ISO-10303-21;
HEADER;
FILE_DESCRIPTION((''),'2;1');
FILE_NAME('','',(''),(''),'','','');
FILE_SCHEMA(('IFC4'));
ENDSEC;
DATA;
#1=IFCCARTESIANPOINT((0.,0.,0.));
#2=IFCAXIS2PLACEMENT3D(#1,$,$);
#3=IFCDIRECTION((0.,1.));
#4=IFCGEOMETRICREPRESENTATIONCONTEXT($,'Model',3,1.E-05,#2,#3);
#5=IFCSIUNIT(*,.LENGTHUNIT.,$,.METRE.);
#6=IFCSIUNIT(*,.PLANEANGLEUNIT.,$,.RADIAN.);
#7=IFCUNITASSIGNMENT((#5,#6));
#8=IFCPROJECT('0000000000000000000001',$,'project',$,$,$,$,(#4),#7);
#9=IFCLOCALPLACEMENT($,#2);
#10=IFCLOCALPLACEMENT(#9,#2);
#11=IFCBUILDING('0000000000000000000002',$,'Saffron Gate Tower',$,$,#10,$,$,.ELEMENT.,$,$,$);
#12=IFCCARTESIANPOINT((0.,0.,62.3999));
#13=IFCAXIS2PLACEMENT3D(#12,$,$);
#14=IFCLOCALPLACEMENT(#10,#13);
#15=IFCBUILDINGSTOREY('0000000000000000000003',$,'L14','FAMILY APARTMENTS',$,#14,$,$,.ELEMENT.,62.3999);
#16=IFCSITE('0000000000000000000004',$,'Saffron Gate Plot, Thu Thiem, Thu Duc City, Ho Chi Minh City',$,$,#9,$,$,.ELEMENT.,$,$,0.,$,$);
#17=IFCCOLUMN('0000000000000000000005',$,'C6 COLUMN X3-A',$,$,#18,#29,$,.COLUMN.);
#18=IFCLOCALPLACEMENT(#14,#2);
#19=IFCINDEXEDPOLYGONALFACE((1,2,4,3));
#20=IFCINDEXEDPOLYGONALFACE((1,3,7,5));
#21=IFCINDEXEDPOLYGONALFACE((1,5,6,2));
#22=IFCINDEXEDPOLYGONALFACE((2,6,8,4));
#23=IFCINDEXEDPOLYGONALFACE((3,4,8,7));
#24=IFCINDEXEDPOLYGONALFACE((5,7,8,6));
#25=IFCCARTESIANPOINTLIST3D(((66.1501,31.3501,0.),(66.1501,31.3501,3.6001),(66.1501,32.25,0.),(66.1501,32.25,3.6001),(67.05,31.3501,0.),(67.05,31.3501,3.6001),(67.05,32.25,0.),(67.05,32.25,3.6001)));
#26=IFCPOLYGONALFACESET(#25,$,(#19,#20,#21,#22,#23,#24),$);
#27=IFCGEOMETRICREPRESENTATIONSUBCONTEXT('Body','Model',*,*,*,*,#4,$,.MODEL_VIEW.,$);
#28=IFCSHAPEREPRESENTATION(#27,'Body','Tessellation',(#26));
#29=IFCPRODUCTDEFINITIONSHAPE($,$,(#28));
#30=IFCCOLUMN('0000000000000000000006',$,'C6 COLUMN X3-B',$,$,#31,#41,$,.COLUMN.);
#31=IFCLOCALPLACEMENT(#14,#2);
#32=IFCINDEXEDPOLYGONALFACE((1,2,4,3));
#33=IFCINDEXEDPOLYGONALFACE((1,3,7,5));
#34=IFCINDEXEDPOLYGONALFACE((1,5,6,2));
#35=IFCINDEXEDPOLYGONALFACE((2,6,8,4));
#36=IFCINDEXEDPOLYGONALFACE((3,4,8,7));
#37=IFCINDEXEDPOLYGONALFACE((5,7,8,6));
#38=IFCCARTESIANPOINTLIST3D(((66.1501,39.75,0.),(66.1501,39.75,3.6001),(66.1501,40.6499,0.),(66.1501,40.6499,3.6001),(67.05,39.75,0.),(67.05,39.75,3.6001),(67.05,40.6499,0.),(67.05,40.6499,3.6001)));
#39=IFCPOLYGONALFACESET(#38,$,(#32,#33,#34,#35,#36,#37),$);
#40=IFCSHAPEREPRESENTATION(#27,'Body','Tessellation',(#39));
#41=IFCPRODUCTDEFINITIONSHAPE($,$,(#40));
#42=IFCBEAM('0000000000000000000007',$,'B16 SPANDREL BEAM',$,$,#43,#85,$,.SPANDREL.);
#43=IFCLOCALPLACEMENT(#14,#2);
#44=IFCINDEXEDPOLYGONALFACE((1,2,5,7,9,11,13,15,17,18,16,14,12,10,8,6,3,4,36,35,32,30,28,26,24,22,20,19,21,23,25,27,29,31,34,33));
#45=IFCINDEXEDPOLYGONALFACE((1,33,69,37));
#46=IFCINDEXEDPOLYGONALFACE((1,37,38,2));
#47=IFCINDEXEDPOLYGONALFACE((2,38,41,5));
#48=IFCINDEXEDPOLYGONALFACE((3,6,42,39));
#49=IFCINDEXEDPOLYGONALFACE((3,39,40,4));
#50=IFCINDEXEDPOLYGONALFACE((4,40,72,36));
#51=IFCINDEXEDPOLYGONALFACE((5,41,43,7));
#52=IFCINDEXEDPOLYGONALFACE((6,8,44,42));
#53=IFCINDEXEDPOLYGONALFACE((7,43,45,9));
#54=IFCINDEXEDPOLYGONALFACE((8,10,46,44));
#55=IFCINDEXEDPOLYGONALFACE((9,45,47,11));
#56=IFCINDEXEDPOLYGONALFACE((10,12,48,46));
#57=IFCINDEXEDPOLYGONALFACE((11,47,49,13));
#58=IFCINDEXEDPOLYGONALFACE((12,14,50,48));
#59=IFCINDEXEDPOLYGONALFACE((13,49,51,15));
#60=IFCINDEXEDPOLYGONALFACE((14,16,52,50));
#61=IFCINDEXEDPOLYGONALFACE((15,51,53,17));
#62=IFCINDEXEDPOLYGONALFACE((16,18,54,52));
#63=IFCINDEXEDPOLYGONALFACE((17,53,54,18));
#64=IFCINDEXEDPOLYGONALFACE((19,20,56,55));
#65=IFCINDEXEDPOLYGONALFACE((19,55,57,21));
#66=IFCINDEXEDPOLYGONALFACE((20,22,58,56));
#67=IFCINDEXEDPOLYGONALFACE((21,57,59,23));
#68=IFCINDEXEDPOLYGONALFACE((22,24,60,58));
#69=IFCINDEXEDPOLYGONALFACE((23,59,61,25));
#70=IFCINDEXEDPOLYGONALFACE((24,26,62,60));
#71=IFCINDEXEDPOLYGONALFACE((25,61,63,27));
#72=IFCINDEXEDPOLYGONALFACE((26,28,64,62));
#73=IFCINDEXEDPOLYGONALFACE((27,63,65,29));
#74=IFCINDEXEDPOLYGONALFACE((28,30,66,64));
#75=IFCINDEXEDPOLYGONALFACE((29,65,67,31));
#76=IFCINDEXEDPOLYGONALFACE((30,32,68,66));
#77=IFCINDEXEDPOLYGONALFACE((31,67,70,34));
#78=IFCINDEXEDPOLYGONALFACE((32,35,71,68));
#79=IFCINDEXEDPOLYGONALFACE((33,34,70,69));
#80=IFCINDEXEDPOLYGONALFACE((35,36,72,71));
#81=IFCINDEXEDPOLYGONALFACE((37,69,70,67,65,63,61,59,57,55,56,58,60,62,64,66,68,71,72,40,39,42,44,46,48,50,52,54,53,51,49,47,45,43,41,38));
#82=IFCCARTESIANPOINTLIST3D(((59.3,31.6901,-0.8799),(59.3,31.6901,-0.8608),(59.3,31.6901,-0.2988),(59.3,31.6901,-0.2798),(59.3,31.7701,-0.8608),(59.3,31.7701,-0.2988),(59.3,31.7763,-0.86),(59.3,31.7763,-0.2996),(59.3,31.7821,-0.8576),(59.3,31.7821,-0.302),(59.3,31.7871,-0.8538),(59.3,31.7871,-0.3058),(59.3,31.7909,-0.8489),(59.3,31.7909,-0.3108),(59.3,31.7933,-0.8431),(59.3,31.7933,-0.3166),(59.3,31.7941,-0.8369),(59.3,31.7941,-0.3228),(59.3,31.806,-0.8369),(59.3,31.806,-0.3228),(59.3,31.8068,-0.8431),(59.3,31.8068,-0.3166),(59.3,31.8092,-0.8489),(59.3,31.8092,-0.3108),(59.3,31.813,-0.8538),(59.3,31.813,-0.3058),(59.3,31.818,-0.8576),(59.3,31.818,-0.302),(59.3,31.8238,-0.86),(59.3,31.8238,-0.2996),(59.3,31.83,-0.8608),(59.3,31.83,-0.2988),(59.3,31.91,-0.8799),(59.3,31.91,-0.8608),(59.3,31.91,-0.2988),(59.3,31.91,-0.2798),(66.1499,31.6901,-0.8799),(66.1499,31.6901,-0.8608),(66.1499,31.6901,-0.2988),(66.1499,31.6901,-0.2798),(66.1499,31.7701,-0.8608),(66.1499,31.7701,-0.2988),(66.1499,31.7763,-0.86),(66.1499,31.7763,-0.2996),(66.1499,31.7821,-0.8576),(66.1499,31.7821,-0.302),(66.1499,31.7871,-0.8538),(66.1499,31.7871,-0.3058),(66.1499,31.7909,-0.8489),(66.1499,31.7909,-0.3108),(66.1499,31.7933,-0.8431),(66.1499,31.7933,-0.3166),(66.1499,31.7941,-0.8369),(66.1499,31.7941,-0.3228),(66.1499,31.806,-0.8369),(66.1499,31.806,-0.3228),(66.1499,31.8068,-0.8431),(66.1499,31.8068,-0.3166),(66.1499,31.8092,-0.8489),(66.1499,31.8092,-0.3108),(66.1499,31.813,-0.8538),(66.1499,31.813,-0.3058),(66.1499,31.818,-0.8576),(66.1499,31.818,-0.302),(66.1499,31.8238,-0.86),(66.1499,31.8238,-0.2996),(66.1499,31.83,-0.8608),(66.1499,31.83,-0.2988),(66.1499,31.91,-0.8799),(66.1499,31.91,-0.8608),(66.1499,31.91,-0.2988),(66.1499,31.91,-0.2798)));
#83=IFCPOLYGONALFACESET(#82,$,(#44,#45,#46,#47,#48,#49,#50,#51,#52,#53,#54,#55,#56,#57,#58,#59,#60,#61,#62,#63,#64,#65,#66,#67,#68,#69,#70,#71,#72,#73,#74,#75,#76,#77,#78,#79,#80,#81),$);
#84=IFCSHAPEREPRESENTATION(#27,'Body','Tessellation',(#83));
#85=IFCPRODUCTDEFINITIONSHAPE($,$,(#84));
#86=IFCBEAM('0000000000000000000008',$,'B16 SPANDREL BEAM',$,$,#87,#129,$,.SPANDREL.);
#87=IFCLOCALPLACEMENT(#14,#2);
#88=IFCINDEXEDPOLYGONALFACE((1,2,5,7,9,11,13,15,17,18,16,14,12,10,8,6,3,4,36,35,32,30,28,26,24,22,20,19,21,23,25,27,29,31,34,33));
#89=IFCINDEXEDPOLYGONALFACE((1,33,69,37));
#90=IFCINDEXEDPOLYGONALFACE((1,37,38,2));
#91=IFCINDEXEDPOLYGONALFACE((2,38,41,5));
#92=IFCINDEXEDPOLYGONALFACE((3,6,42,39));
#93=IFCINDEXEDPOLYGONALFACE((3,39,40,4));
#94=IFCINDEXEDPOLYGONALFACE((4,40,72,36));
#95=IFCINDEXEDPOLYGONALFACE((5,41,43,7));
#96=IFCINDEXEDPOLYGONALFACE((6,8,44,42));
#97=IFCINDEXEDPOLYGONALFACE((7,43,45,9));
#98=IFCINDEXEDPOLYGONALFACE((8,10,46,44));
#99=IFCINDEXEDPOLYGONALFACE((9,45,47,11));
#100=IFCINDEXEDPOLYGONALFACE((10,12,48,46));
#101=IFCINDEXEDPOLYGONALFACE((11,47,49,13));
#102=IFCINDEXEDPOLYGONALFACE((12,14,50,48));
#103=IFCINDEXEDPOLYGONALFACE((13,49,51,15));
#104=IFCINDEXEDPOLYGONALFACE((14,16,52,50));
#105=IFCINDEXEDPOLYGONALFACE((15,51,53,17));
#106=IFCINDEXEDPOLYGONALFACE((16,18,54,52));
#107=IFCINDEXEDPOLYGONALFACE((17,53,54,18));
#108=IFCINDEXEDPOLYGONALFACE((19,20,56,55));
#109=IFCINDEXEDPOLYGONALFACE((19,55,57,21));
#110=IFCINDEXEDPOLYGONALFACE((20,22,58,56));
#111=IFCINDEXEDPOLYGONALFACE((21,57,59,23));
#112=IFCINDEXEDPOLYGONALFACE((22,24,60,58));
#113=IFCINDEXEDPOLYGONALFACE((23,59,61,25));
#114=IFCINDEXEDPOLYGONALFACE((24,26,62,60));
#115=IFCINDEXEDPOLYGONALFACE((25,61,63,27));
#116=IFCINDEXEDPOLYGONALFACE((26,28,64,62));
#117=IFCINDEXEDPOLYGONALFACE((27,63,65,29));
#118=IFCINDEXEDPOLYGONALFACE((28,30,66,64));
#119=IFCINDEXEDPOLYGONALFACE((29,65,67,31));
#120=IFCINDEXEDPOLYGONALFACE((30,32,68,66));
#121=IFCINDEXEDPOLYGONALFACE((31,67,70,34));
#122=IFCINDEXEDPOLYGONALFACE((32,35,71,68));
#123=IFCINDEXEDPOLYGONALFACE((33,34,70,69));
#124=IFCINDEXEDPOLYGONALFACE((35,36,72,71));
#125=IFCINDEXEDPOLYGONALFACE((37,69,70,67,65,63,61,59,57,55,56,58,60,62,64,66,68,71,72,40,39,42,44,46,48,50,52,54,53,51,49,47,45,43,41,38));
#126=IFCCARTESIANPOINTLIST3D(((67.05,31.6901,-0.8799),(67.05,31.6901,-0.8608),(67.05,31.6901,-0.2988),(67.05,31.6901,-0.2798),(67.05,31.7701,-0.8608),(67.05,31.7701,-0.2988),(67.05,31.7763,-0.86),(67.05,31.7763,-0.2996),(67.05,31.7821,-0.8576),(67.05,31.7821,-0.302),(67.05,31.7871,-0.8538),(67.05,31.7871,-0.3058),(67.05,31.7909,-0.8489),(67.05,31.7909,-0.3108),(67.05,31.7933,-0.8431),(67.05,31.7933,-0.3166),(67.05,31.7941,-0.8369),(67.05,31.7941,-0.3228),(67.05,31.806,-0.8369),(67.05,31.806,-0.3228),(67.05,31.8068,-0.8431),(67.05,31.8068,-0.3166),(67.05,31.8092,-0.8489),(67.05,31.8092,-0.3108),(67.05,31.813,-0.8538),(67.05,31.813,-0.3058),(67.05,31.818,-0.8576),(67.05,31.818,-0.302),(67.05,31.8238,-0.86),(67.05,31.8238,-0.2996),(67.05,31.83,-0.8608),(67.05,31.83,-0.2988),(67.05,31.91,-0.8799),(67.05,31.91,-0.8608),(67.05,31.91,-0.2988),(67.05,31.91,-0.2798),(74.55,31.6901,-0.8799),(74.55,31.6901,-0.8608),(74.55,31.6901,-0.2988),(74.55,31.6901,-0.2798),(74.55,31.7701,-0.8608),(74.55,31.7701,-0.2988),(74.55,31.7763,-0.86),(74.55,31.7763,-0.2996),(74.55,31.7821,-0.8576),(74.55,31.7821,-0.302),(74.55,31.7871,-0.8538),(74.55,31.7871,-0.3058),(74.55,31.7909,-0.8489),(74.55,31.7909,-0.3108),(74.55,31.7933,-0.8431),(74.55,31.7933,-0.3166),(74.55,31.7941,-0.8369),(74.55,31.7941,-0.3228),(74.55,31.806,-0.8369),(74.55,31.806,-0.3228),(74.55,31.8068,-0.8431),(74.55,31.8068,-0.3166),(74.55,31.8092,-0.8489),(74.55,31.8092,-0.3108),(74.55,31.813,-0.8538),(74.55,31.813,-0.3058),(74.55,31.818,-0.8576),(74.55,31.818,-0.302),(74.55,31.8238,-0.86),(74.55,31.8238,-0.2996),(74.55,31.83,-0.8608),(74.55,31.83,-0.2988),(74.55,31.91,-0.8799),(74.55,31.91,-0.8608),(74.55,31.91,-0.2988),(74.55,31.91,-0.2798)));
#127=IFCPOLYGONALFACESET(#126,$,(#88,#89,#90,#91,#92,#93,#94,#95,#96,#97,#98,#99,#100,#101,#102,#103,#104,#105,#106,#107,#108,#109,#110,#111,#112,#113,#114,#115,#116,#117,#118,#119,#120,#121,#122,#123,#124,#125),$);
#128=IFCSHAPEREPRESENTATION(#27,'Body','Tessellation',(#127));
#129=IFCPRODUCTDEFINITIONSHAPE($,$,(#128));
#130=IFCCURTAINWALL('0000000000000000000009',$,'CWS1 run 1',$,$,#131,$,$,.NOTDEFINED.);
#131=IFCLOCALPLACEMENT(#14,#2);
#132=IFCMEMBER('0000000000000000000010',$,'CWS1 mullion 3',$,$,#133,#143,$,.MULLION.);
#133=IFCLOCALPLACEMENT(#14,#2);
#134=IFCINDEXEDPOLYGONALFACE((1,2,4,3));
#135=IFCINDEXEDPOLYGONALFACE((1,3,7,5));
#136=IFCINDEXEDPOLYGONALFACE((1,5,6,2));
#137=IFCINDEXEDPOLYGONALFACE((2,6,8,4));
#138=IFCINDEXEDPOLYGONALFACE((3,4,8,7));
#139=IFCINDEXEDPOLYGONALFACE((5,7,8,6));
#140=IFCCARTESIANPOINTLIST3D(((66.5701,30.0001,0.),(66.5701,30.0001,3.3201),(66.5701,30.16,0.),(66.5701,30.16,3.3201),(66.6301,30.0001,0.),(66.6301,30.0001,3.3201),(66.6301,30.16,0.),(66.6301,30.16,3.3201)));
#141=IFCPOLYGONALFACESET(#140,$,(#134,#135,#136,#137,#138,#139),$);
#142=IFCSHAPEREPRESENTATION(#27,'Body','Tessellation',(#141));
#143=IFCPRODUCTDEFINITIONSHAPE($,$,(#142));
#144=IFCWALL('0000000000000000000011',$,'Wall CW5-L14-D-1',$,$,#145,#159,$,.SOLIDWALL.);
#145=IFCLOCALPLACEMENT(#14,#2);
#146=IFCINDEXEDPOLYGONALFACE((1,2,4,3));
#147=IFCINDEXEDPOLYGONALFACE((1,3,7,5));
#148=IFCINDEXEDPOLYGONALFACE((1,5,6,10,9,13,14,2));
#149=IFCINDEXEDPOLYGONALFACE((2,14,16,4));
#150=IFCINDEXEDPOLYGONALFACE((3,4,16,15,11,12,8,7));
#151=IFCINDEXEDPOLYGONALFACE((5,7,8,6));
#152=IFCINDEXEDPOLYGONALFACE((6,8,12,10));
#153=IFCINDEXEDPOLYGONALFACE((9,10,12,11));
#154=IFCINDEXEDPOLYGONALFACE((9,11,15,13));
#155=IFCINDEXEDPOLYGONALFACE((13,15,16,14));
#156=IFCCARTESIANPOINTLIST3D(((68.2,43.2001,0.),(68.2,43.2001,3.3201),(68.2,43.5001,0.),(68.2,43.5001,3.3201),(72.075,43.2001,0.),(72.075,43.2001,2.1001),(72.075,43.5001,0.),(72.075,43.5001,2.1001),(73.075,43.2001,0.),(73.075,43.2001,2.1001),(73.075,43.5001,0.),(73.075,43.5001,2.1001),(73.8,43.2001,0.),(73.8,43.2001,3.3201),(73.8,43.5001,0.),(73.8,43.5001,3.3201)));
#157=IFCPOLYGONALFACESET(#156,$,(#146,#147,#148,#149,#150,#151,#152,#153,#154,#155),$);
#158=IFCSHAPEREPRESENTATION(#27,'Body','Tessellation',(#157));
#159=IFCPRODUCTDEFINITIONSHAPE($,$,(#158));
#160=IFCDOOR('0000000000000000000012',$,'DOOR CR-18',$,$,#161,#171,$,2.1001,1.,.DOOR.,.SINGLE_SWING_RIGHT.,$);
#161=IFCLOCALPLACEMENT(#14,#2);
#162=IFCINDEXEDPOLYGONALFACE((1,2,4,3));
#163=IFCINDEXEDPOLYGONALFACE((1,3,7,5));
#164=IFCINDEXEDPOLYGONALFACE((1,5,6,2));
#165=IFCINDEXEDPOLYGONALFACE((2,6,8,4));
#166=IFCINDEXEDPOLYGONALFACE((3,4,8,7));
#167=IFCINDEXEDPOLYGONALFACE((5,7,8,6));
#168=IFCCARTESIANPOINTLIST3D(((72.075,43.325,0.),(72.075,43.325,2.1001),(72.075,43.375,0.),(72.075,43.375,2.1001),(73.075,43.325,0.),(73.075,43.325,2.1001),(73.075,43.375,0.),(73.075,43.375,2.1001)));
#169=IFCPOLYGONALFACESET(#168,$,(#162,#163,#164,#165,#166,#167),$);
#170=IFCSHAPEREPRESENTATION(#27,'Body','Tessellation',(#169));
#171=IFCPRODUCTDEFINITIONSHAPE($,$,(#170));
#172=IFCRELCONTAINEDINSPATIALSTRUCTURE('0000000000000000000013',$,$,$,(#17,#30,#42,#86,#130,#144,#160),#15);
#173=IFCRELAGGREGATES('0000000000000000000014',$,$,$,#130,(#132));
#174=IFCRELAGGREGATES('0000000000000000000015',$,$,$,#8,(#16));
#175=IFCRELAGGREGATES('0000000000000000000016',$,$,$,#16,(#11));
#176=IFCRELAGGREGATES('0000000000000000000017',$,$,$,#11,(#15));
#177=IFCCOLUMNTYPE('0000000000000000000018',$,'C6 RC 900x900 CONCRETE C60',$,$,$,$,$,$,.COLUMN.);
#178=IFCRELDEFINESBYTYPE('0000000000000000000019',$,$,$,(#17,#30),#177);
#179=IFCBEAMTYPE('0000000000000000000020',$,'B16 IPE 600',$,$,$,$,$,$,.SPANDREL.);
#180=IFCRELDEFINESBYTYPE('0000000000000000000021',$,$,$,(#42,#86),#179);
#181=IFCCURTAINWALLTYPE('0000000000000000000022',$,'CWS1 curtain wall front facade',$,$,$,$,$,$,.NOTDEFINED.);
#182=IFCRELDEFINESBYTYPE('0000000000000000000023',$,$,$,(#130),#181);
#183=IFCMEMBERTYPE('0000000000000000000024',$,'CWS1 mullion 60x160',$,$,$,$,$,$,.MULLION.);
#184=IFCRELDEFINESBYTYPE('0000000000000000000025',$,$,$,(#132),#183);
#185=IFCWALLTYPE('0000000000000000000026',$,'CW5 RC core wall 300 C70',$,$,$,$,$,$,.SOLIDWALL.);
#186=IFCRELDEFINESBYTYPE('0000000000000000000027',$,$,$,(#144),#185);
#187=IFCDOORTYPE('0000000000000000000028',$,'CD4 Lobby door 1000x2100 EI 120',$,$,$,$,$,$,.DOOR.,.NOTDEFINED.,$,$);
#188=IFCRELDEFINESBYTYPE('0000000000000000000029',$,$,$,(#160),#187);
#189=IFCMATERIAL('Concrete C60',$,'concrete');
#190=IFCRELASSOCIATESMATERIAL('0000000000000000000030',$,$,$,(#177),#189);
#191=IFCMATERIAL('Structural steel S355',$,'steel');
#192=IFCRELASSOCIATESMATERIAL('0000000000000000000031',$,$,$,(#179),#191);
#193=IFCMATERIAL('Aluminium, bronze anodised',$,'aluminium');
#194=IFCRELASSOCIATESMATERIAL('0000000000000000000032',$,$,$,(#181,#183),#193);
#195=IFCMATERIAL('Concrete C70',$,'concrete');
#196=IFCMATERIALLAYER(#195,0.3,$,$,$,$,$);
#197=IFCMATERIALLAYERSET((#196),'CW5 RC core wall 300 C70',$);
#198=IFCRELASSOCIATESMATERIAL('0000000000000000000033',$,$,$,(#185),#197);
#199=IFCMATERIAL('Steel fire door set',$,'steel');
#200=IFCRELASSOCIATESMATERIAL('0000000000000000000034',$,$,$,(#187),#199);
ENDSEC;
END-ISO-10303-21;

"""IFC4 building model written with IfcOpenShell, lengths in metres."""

from ifc_helpers import new_model, si_unit, direction, frame, frame_2d, origin, origin_2d, place, context, subcontext, project, spatial, rectangle, i_section, extrude, material, layer, layer_set, material_profile, profile_set, type_object, element, fill, aggregate, save


model = new_model("IFC4")

# Units and contexts
model_context = context("Model", 3, precision=1e-05, world=origin(), true_north=direction((0.0, 1.0)))
body_context = subcontext(model_context, "Body", "Model", "MODEL_VIEW")
ifc_project = project(units=[si_unit("LENGTHUNIT", "METRE"), si_unit("PLANEANGLEUNIT", "RADIAN")], contexts=[model_context])

# Site, building, storey
site_placement = place(None, origin())
site = spatial("IfcSite", under=ifc_project, at=site_placement, Name="Saffron Gate Plot, Thu Thiem, Thu Duc City, Ho Chi Minh City", CompositionType="ELEMENT", RefElevation=0.0)
building_placement = place(site_placement, origin())
building = spatial("IfcBuilding", under=site, at=building_placement, Name="Saffron Gate Tower", CompositionType="ELEMENT")
storey_placement = place(building_placement, frame((0.0, 0.0, 62.3999)))
storey = spatial("IfcBuildingStorey", under=building, at=storey_placement, Name="L14", Description="FAMILY APARTMENTS", CompositionType="ELEMENT", Elevation=62.3999)

# Columns
ifc_material_1 = material(Name="Concrete C60", Category="concrete")
ifc_material_profile_1 = material_profile(ifc_material_1, rectangle(XDim=0.8999, YDim=0.8999, at=origin_2d()))
ifc_profile_set_1 = profile_set([ifc_material_profile_1], Name="Concrete C60")
column_type = type_object("IfcColumnType", Name="C6 RC 900x900 CONCRETE C60", PredefinedType="COLUMN", material=ifc_profile_set_1)
for number, where, z_axis, x_axis, name in (
    (1, (66.6001, 31.8, 0.0), (0.0, 0.0, 1.0), (1.0, 0.0, 0.0), "C6 COLUMN X3-A"),
    (2, (66.6001, 40.2, 0.0), (0.0, 0.0, 1.0), (1.0, 0.0, 0.0), "C6 COLUMN X3-B"),
):
    element("IfcColumn", number, at=place(storey_placement, frame(where, z_axis=z_axis, x_axis=x_axis)), inside=storey, type_object=column_type, Name=name, PredefinedType="COLUMN", context=body_context, shape_type="SweptSolid", body=[
        extrude(rectangle(XDim=0.8999, YDim=0.8999, at=origin_2d()), origin(), (0.0, 0.0, 1.0), 3.6001),
    ])

# Beams
ifc_material_2 = material(Name="Structural steel S355", Category="steel")
ifc_material_profile_2 = material_profile(ifc_material_2, i_section(OverallWidth=0.22, OverallDepth=0.6001, WebThickness=0.012, FlangeThickness=0.019, FilletRadius=0.0239, at=origin_2d()))
ifc_profile_set_2 = profile_set([ifc_material_profile_2], Name="Structural steel S355")
beam_type = type_object("IfcBeamType", Name="B16 IPE 600", PredefinedType="SPANDREL", material=ifc_profile_set_2)
beam_1_placement = place(storey_placement, frame((59.3, 31.8, -0.5798), z_axis=(1.0, 0.0, 0.0), x_axis=(0.0, 1.0, 0.0)))
element("IfcBeam", 3, at=beam_1_placement, inside=storey, type_object=beam_type, Name="B16 SPANDREL BEAM", PredefinedType="SPANDREL", context=body_context, shape_type="SweptSolid", body=[
    extrude(i_section(OverallWidth=0.22, OverallDepth=0.6001, WebThickness=0.012, FlangeThickness=0.019, FilletRadius=0.0239, at=origin_2d()), origin(), (0.0, 0.0, 1.0), 6.8499),
])
beam_2_placement = place(storey_placement, frame((67.05, 31.8, -0.5798), z_axis=(1.0, 0.0, 0.0), x_axis=(0.0, 1.0, 0.0)))
element("IfcBeam", 4, at=beam_2_placement, inside=storey, type_object=beam_type, Name="B16 SPANDREL BEAM", PredefinedType="SPANDREL", context=body_context, shape_type="SweptSolid", body=[
    extrude(i_section(OverallWidth=0.22, OverallDepth=0.6001, WebThickness=0.012, FlangeThickness=0.019, FilletRadius=0.0239, at=origin_2d()), origin(), (0.0, 0.0, 1.0), 7.5),
])

# Curtain wall, member
ifc_material_3 = material(Name="Aluminium, bronze anodised", Category="aluminium")
curtain_wall_type = type_object("IfcCurtainWallType", Name="CWS1 curtain wall front facade", PredefinedType="NOTDEFINED", material=ifc_material_3)
curtain_wall_placement = place(storey_placement, origin())
curtain_wall = element("IfcCurtainWall", 5, at=curtain_wall_placement, inside=storey, type_object=curtain_wall_type, Name="CWS1 run 1", PredefinedType="NOTDEFINED")
ifc_material_profile_3 = material_profile(ifc_material_3, rectangle(XDim=0.1599, YDim=0.0601, at=origin_2d()))
ifc_profile_set_3 = profile_set([ifc_material_profile_3], Name="Aluminium, bronze anodised")
member_type = type_object("IfcMemberType", Name="CWS1 mullion 60x160", PredefinedType="MULLION", material=ifc_profile_set_3)
member_placement = place(storey_placement, frame((66.6001, 30.0801, 0.0), z_axis=(0.0, 0.0, 1.0), x_axis=(0.0, 1.0, 0.0)))
member = element("IfcMember", 6, at=member_placement, type_object=member_type, Name="CWS1 mullion 3", PredefinedType="MULLION", context=body_context, shape_type="SweptSolid", body=[
    extrude(rectangle(XDim=0.1599, YDim=0.0601, at=origin_2d()), origin(), (0.0, 0.0, 1.0), 3.3201),
])
aggregate(curtain_wall, [member])

# Wall, opening, door
ifc_material_4 = material(Name="Concrete C70", Category="concrete")
ifc_layer_1 = layer(ifc_material_4, 0.3)
ifc_layer_set_1 = layer_set([ifc_layer_1], Name="CW5 RC core wall 300 C70")
wall_type_1 = type_object("IfcWallType", Name="CW5 RC core wall 300 C70", PredefinedType="SOLIDWALL", material=ifc_layer_set_1)
wall_1_placement = place(storey_placement, frame((68.2, 43.3501, 0.0), z_axis=(0.0, 0.0, 1.0), x_axis=(1.0, 0.0, 0.0)))
wall_1 = element("IfcWall", 7, at=wall_1_placement, inside=storey, type_object=wall_type_1, Name="Wall CW5-L14-D-1", PredefinedType="SOLIDWALL", context=body_context, shape_type="SweptSolid", body=[
    extrude(rectangle(XDim=5.6001, YDim=0.3, at=frame_2d((2.8, 0.0))), origin(), (0.0, 0.0, 1.0), 3.3201),
])
opening_1_placement = place(wall_1_placement, frame((3.875, 0.0, 0.0)))
opening_1 = element("IfcOpeningElement", 8, at=opening_1_placement, cuts=wall_1, PredefinedType="OPENING", context=body_context, shape_type="SweptSolid", body=[
    extrude(rectangle(XDim=1.0, YDim=2.1001, at=frame_2d((0.5, 1.05))), frame((0.0, 0.1602, 0.0), z_axis=(0.0, -1.0, 0.0), x_axis=(1.0, 0.0, 0.0)), (0.0, 0.0, 1.0), 0.3201),
])
ifc_material_5 = material(Name="Steel fire door set", Category="steel")
door_type_1 = type_object("IfcDoorType", Name="CD4 Lobby door 1000x2100 EI 120", OperationType="NOTDEFINED", PredefinedType="DOOR", material=ifc_material_5)
door_1_placement = place(opening_1_placement, origin())
door_1 = element("IfcDoor", 9, at=door_1_placement, inside=storey, type_object=door_type_1, Name="DOOR CR-18", OperationType="SINGLE_SWING_RIGHT", OverallHeight=2.1001, OverallWidth=1.0, PredefinedType="DOOR", context=body_context, shape_type="SweptSolid", body=[
    extrude(rectangle(XDim=1.0, YDim=2.1001, at=frame_2d((0.5, 1.05))), frame((0.0, 0.0249, 0.0), z_axis=(0.0, -1.0, 0.0), x_axis=(1.0, 0.0, 0.0)), (0.0, 0.0, 1.0), 0.05),
])
fill(opening_1, door_1)

save(model, "model.ifc")
